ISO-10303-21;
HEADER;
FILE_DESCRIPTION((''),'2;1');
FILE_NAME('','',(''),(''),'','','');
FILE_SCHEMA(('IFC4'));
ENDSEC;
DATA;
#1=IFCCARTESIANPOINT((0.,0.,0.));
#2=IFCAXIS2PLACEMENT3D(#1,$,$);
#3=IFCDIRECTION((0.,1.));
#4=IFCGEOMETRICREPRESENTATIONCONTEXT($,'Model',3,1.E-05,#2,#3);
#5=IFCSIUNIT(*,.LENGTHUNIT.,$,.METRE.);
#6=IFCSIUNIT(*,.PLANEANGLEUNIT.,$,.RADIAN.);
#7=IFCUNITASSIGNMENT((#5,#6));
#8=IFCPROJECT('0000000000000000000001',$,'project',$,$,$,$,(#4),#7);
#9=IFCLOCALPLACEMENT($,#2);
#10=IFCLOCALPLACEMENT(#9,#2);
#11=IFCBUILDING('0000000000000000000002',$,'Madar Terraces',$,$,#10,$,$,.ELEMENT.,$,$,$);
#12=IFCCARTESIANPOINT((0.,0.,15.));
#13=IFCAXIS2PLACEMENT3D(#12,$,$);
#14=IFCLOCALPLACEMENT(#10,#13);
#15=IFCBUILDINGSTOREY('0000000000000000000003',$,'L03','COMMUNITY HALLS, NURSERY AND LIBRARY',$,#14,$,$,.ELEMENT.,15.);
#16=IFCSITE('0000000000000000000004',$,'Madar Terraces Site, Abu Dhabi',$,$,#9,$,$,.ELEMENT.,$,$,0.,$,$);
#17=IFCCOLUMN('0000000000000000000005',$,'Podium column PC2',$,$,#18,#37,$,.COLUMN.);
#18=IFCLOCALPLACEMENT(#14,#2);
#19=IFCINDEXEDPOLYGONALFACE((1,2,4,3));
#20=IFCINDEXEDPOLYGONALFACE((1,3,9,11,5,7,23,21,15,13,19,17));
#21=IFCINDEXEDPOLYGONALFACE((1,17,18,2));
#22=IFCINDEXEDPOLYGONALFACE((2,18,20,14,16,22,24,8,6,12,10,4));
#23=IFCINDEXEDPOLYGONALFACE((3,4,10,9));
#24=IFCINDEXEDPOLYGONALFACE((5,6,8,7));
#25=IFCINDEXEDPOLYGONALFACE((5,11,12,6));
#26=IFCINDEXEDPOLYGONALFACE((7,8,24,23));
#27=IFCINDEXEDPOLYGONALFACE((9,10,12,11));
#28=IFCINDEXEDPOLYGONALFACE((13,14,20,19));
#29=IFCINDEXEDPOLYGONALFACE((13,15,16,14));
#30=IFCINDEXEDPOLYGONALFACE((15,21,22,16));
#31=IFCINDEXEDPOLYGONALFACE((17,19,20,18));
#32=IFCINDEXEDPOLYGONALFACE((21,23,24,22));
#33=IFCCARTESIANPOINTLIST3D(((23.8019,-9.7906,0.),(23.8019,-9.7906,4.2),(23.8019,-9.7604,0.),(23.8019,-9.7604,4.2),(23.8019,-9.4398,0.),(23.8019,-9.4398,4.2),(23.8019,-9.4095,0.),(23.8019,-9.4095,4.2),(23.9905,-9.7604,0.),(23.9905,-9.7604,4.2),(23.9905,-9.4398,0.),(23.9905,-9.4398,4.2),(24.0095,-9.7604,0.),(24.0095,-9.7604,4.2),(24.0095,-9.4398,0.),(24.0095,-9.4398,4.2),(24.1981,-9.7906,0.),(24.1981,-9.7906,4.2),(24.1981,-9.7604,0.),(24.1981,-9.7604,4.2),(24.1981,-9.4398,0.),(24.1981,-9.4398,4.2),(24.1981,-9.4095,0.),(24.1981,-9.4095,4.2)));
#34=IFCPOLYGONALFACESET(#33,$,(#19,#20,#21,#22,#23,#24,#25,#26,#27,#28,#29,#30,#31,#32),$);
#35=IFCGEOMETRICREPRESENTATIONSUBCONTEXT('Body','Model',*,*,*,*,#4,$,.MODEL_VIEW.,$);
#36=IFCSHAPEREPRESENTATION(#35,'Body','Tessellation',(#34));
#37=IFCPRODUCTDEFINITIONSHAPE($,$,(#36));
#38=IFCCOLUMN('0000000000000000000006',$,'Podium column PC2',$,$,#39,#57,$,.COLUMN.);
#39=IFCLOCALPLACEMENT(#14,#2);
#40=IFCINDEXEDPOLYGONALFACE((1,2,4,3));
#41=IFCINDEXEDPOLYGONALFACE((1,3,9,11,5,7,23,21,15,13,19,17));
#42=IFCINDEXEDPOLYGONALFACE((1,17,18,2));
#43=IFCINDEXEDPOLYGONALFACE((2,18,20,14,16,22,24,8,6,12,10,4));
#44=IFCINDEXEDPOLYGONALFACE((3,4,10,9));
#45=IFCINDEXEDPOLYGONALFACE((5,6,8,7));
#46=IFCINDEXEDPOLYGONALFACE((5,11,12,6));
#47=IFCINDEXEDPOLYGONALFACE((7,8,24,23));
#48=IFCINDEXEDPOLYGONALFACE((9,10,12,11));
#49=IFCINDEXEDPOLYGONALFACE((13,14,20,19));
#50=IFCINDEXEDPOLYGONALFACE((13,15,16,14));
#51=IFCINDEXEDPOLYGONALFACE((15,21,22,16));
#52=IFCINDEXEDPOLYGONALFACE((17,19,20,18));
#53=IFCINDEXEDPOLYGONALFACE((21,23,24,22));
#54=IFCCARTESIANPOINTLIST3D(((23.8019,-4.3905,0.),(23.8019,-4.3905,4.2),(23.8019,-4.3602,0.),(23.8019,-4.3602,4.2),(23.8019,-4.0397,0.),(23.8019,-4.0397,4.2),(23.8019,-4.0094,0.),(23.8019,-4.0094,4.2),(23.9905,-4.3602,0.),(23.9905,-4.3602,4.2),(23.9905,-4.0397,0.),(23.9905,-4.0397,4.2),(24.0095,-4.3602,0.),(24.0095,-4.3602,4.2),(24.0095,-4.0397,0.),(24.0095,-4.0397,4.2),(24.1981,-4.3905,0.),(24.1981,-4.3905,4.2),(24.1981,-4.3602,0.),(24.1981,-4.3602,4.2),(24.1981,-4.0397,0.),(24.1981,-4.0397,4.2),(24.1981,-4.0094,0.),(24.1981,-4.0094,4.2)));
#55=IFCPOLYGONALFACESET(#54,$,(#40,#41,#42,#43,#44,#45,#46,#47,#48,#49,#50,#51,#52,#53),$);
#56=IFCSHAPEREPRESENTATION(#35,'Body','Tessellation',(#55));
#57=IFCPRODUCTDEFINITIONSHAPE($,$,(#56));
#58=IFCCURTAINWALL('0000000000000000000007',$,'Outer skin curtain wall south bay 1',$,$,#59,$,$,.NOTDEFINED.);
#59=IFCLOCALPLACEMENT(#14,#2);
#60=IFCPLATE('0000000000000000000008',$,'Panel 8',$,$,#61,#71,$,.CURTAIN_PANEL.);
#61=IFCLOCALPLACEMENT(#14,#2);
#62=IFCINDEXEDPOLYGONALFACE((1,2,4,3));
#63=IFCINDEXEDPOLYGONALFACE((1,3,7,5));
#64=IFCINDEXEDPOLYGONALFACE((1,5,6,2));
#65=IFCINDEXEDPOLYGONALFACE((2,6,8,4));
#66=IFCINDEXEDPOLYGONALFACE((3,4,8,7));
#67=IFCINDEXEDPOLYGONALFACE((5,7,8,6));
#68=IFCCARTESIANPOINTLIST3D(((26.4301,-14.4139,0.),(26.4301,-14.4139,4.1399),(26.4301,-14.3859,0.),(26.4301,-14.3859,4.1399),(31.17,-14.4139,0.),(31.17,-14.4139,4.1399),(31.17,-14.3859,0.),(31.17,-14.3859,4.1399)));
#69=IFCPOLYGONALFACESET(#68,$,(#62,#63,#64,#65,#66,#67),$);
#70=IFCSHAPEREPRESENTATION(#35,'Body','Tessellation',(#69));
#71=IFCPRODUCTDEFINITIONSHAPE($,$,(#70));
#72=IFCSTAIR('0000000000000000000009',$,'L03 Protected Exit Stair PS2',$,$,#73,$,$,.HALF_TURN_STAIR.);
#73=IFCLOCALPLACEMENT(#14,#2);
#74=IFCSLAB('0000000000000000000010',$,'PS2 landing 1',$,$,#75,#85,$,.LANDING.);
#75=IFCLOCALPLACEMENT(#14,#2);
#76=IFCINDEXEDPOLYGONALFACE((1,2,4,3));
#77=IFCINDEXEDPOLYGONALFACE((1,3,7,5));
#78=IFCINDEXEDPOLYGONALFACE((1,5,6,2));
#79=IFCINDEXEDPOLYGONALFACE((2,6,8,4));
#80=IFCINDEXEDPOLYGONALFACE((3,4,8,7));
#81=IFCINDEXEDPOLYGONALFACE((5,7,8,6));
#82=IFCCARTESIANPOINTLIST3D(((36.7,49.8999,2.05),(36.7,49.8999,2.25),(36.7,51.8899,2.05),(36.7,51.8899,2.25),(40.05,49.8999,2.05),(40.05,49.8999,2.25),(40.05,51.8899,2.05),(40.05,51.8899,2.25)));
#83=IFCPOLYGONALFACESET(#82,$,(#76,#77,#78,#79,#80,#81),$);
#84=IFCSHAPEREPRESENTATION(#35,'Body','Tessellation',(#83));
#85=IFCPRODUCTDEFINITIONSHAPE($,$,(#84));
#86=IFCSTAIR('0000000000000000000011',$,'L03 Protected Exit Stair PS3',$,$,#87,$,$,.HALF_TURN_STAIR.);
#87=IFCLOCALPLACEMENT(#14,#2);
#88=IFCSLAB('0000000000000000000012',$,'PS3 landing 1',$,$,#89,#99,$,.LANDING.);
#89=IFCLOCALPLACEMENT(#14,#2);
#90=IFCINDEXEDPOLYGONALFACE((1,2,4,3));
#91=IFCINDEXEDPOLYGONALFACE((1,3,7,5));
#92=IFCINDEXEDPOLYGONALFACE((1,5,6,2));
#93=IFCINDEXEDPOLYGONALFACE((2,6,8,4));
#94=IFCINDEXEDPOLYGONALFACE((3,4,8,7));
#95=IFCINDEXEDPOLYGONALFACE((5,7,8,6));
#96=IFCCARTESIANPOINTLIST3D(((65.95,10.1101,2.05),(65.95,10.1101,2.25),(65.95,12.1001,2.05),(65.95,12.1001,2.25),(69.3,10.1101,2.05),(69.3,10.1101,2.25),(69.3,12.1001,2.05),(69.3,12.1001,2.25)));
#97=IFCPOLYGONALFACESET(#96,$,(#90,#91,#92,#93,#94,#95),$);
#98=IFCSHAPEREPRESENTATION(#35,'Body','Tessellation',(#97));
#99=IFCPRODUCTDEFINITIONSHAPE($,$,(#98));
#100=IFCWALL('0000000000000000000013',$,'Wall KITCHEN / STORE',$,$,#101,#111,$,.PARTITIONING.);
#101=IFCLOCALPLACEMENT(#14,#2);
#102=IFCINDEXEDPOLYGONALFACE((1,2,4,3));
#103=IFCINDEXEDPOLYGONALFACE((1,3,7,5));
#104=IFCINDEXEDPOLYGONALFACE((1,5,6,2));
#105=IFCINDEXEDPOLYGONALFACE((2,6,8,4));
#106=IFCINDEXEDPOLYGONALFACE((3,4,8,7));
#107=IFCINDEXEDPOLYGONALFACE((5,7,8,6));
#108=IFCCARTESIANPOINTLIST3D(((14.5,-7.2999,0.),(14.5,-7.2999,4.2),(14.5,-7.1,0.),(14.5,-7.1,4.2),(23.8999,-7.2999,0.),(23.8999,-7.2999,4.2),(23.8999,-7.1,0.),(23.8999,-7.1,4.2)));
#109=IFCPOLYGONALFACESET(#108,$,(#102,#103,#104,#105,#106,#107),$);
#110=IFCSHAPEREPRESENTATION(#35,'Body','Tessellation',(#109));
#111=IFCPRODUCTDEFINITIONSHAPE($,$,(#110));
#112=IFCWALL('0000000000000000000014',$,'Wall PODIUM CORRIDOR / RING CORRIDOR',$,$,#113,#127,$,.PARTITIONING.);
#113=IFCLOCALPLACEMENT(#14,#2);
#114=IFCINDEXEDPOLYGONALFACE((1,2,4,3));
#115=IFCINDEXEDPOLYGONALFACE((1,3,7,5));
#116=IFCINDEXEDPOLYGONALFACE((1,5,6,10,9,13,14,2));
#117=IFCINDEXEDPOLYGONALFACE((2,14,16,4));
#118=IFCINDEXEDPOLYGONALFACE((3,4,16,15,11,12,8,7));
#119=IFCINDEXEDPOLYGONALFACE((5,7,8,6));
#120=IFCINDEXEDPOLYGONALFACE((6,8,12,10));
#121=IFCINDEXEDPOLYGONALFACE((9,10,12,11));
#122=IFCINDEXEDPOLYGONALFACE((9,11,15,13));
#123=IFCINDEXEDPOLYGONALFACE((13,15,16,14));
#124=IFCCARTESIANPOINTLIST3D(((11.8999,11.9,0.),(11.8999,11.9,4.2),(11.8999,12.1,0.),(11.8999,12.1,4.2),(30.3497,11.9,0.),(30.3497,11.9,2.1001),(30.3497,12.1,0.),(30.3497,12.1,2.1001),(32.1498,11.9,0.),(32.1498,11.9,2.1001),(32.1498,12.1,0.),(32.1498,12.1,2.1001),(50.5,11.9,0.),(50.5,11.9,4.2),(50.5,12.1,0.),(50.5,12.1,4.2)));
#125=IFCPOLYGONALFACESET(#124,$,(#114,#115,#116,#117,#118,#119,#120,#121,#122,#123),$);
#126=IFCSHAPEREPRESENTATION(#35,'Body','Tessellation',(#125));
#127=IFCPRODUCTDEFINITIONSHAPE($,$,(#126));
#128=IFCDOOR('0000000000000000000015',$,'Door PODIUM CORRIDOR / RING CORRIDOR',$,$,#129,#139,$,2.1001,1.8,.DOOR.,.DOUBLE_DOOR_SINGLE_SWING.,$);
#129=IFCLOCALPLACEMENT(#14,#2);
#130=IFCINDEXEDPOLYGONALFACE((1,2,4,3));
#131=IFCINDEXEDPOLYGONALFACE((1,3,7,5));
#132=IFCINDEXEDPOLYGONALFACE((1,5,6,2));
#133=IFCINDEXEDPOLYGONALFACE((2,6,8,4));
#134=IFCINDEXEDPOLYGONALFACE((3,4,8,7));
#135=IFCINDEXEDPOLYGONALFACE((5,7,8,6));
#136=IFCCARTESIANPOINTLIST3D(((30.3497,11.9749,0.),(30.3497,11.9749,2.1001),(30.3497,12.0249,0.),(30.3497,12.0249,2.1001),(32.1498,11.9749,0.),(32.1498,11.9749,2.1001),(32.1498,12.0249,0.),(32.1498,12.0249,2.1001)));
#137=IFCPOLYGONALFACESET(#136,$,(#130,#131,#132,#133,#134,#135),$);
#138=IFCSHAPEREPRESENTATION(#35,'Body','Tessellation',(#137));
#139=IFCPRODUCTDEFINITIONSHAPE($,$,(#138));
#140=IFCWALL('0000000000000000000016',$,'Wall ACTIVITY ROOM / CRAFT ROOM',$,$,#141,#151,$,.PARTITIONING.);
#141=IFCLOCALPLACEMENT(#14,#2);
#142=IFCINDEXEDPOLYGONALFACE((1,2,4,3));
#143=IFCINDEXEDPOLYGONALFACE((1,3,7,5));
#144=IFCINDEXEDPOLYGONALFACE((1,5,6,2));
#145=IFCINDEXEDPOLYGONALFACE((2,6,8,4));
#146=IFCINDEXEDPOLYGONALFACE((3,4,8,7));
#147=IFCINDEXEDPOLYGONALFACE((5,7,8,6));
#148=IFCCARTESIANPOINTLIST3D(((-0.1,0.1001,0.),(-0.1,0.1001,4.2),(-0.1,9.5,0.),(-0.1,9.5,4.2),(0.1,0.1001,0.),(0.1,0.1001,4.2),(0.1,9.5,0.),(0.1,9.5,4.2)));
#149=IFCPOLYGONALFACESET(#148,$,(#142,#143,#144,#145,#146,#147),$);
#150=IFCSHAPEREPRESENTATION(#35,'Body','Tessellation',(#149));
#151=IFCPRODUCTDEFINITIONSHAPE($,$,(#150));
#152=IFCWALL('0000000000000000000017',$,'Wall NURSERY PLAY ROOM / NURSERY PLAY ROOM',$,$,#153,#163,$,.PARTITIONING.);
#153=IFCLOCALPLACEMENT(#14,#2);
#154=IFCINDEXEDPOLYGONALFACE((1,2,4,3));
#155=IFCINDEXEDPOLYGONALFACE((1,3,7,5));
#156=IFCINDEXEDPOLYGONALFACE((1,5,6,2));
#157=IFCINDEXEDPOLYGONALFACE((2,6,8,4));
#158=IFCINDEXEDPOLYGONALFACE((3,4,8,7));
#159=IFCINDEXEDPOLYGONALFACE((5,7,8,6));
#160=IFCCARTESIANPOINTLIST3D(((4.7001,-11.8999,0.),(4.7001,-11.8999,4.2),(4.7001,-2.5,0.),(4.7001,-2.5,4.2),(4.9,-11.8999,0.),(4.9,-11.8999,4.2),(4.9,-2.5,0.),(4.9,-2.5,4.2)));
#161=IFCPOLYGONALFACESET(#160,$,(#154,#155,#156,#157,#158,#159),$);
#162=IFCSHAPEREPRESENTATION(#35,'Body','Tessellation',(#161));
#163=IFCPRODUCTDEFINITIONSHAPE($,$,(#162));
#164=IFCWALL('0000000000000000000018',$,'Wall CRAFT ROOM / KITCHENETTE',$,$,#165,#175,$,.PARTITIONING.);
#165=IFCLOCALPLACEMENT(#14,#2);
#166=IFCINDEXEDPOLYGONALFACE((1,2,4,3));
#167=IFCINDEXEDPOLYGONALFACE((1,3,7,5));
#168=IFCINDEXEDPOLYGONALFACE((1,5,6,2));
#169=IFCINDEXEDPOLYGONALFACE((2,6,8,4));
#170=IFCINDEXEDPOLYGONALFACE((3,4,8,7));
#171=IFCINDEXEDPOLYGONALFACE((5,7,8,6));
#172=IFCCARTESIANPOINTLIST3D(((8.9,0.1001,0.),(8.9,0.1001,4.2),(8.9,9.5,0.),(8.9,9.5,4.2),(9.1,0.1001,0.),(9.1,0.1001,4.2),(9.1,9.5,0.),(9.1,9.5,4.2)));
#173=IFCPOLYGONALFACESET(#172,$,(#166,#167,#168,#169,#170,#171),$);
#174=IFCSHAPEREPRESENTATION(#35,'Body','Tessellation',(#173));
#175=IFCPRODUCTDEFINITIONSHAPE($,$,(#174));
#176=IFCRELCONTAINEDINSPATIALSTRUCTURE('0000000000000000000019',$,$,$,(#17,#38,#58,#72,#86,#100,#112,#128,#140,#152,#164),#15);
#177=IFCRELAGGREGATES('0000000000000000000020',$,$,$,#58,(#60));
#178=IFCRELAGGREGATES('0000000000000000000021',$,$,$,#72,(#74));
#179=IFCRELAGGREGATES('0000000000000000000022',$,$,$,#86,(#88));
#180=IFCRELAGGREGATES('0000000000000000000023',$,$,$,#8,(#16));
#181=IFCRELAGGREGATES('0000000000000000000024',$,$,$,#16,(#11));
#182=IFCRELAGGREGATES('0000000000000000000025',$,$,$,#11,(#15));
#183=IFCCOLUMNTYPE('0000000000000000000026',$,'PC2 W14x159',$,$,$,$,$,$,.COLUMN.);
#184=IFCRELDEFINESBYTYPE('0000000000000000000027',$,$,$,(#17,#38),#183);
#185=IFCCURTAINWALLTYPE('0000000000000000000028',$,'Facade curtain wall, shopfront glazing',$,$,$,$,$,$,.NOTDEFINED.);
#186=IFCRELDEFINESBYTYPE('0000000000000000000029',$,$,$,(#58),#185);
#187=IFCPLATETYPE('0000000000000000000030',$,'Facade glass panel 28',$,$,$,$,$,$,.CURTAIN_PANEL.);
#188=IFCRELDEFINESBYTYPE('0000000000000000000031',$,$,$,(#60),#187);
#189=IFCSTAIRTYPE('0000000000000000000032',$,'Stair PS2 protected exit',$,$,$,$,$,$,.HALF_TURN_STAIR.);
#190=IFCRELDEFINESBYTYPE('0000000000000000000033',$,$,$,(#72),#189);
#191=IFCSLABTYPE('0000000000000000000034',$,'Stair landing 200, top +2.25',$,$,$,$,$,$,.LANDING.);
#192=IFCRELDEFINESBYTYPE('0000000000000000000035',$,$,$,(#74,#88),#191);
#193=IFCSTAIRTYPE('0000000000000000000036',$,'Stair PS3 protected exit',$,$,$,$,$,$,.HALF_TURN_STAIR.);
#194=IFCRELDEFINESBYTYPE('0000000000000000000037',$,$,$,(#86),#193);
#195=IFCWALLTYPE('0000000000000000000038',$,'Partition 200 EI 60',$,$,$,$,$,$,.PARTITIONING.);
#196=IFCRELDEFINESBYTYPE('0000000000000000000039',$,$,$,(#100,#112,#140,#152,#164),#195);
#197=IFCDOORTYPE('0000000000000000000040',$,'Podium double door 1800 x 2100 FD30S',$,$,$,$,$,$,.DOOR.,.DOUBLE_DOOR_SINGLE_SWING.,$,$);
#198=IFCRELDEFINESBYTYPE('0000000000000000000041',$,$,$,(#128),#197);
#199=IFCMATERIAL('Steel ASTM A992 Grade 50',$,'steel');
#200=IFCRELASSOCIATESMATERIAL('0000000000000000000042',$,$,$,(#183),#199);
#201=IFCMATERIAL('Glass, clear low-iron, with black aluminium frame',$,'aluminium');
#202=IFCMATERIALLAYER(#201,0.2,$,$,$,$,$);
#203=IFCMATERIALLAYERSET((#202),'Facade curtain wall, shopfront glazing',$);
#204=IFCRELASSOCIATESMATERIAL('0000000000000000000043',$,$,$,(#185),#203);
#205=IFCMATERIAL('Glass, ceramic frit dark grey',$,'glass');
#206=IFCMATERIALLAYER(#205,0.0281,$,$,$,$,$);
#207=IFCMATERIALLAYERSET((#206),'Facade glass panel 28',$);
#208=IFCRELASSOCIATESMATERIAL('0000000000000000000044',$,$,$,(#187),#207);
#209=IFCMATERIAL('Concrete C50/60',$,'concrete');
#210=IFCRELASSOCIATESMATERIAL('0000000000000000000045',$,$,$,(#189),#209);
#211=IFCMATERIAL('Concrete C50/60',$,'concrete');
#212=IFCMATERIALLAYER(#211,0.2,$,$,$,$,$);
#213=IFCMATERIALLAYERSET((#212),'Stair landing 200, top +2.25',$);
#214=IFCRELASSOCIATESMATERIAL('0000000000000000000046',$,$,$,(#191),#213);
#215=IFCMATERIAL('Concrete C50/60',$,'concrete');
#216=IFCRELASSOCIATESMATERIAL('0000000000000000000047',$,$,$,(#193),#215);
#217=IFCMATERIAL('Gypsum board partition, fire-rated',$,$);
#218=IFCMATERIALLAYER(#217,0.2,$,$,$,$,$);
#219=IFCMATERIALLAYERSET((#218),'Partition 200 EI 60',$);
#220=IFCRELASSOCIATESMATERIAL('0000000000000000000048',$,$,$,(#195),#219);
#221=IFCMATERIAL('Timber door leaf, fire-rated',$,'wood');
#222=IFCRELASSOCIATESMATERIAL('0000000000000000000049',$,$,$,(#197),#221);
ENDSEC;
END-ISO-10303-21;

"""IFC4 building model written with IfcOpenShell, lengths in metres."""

from ifc_helpers import new_model, si_unit, direction, frame, frame_2d, origin, origin_2d, place, context, subcontext, project, spatial, polyline, rectangle, i_section, outline, extrude, material, layer, layer_set, material_profile, profile_set, type_object, element, fill, aggregate, save


model = new_model("IFC4")

# Units and contexts
model_context = context("Model", 3, precision=1e-05, world=origin(), true_north=direction((0.0, 1.0)))
body_context = subcontext(model_context, "Body", "Model", "MODEL_VIEW")
ifc_project = project(units=[si_unit("LENGTHUNIT", "METRE"), si_unit("PLANEANGLEUNIT", "RADIAN")], contexts=[model_context])

# Site, building, storey
site_placement = place(None, origin())
site = spatial("IfcSite", under=ifc_project, at=site_placement, Name="Madar Terraces Site, Abu Dhabi", CompositionType="ELEMENT", RefElevation=0.0)
building_placement = place(site_placement, origin())
building = spatial("IfcBuilding", under=site, at=building_placement, Name="Madar Terraces", CompositionType="ELEMENT")
storey_placement = place(building_placement, frame((0.0, 0.0, 15.0)))
storey = spatial("IfcBuildingStorey", under=building, at=storey_placement, Name="L03", Description="COMMUNITY HALLS, NURSERY AND LIBRARY", CompositionType="ELEMENT", Elevation=15.0)

# Columns
ifc_material_1 = material(Name="Steel ASTM A992 Grade 50", Category="steel")
ifc_material_profile_1 = material_profile(ifc_material_1, i_section(OverallWidth=0.3962, OverallDepth=0.3811, WebThickness=0.019, FlangeThickness=0.0303, at=origin_2d()), Name="W14x159")
ifc_profile_set_1 = profile_set([ifc_material_profile_1], Name="Steel ASTM A992 Grade 50")
column_type_1 = type_object("IfcColumnType", Name="PC2 W14x159", PredefinedType="COLUMN", material=ifc_profile_set_1)
for number, where, z_axis, x_axis, name in (
    (1, (24.0, -9.6001, 0.0), (0.0, 0.0, 1.0), (1.0, 0.0, 0.0), "Podium column PC2"),
    (2, (24.0, -4.2, 0.0), (0.0, 0.0, 1.0), (1.0, 0.0, 0.0), "Podium column PC2"),
):
    element("IfcColumn", number, at=place(storey_placement, frame(where, z_axis=z_axis, x_axis=x_axis)), inside=storey, type_object=column_type_1, Name=name, PredefinedType="COLUMN", context=body_context, shape_type="SweptSolid", body=[
        extrude(i_section(OverallWidth=0.3962, OverallDepth=0.3811, WebThickness=0.019, FlangeThickness=0.0303, at=origin_2d()), origin(), (0.0, 0.0, 1.0), 4.2),
    ])

# Curtain wall, plate
ifc_material_2 = material(Name="Glass, clear low-iron, with black aluminium frame", Category="aluminium")
ifc_layer_1 = layer(ifc_material_2, 0.2)
ifc_layer_set_1 = layer_set([ifc_layer_1], Name="Facade curtain wall, shopfront glazing")
curtain_wall_type = type_object("IfcCurtainWallType", Name="Facade curtain wall, shopfront glazing", PredefinedType="NOTDEFINED", material=ifc_layer_set_1)
curtain_wall_placement = place(storey_placement, origin())
curtain_wall = element("IfcCurtainWall", 3, at=curtain_wall_placement, inside=storey, type_object=curtain_wall_type, Name="Outer skin curtain wall south bay 1", PredefinedType="NOTDEFINED")
ifc_material_3 = material(Name="Glass, ceramic frit dark grey", Category="glass")
ifc_layer_2 = layer(ifc_material_3, 0.0281)
ifc_layer_set_2 = layer_set([ifc_layer_2], Name="Facade glass panel 28")
plate_type = type_object("IfcPlateType", Name="Facade glass panel 28", PredefinedType="CURTAIN_PANEL", material=ifc_layer_set_2)
plate_placement = place(storey_placement, frame((28.8, -14.3999, 0.0), z_axis=(0.0, 0.0, 1.0), x_axis=(1.0, 0.0, 0.0)))
plate = element("IfcPlate", 4, at=plate_placement, type_object=plate_type, Name="Panel 8", PredefinedType="CURTAIN_PANEL", context=body_context, shape_type="SweptSolid", body=[
    extrude(rectangle(XDim=4.74, YDim=0.0281, at=origin_2d()), origin(), (0.0, 0.0, 1.0), 4.1399),
])
aggregate(curtain_wall, [plate])

# Stairs, slabs
ifc_material_4 = material(Name="Concrete C50/60", Category="concrete")
stair_type_1 = type_object("IfcStairType", Name="Stair PS2 protected exit", PredefinedType="HALF_TURN_STAIR", material=ifc_material_4)
stair_1_placement = place(storey_placement, origin())
stair_1 = element("IfcStair", 5, at=stair_1_placement, inside=storey, type_object=stair_type_1, Name="L03 Protected Exit Stair PS2", PredefinedType="HALF_TURN_STAIR")
ifc_material_5 = material(Name="Concrete C50/60", Category="concrete")
ifc_layer_3 = layer(ifc_material_5, 0.2)
ifc_layer_set_3 = layer_set([ifc_layer_3], Name="Stair landing 200, top +2.25")
slab_type = type_object("IfcSlabType", Name="Stair landing 200, top +2.25", PredefinedType="LANDING", material=ifc_layer_set_3)
slab_1_placement = place(storey_placement, frame((0.0, 0.0, 2.05)))
slab_1 = element("IfcSlab", 6, at=slab_1_placement, type_object=slab_type, Name="PS2 landing 1", PredefinedType="LANDING", context=body_context, shape_type="SweptSolid", body=[
    extrude(outline(polyline([(36.7, 49.8999), (40.05, 49.8999), (40.05, 51.8899), (36.7, 51.8899), (36.7, 49.8999)])), origin(), (0.0, 0.0, 1.0), 0.2),
])
aggregate(stair_1, [slab_1])
ifc_material_6 = material(Name="Concrete C50/60", Category="concrete")
stair_type_2 = type_object("IfcStairType", Name="Stair PS3 protected exit", PredefinedType="HALF_TURN_STAIR", material=ifc_material_6)
stair_2_placement = place(storey_placement, origin())
stair_2 = element("IfcStair", 7, at=stair_2_placement, inside=storey, type_object=stair_type_2, Name="L03 Protected Exit Stair PS3", PredefinedType="HALF_TURN_STAIR")
slab_2_placement = place(storey_placement, frame((0.0, 0.0, 2.05)))
slab_2 = element("IfcSlab", 8, at=slab_2_placement, type_object=slab_type, Name="PS3 landing 1", PredefinedType="LANDING", context=body_context, shape_type="SweptSolid", body=[
    extrude(outline(polyline([(65.95, 10.1101), (69.3, 10.1101), (69.3, 12.1001), (65.95, 12.1001), (65.95, 10.1101)])), origin(), (0.0, 0.0, 1.0), 0.2),
])
aggregate(stair_2, [slab_2])

# Wall
ifc_material_7 = material(Name="Gypsum board partition, fire-rated")
ifc_layer_4 = layer(ifc_material_7, 0.2)
ifc_layer_set_4 = layer_set([ifc_layer_4], Name="Partition 200 EI 60")
wall_type = type_object("IfcWallType", Name="Partition 200 EI 60", PredefinedType="PARTITIONING", material=ifc_layer_set_4)
wall_1_placement = place(storey_placement, frame((14.5, -7.2, 0.0), z_axis=(0.0, 0.0, 1.0), x_axis=(1.0, 0.0, 0.0)))
element("IfcWall", 9, at=wall_1_placement, inside=storey, type_object=wall_type, Name="Wall KITCHEN / STORE", PredefinedType="PARTITIONING", context=body_context, shape_type="SweptSolid", body=[
    extrude(rectangle(XDim=9.3999, YDim=0.2, at=frame_2d((4.7, 0.0))), origin(), (0.0, 0.0, 1.0), 4.2),
])

# Wall, opening, door
wall_2_placement = place(storey_placement, frame((11.8999, 12.0, 0.0), z_axis=(0.0, 0.0, 1.0), x_axis=(1.0, 0.0, 0.0)))
wall_2 = element("IfcWall", 10, at=wall_2_placement, inside=storey, type_object=wall_type, Name="Wall PODIUM CORRIDOR / RING CORRIDOR", PredefinedType="PARTITIONING", context=body_context, shape_type="SweptSolid", body=[
    extrude(rectangle(XDim=38.6001, YDim=0.2, at=frame_2d((19.3, 0.0))), origin(), (0.0, 0.0, 1.0), 4.2),
])
opening_1_placement = place(wall_2_placement, frame((18.45, 0.0, 0.0)))
opening_1 = element("IfcOpeningElement", 11, at=opening_1_placement, cuts=wall_2, PredefinedType="OPENING", context=body_context, shape_type="SweptSolid", body=[
    extrude(rectangle(XDim=1.8, YDim=2.1001, at=frame_2d((0.8999, 1.05))), frame((0.0, 0.1099, 0.0), z_axis=(0.0, -1.0, 0.0), x_axis=(1.0, 0.0, 0.0)), (0.0, 0.0, 1.0), 0.22),
])
ifc_material_8 = material(Name="Timber door leaf, fire-rated", Category="wood")
door_type_1 = type_object("IfcDoorType", Name="Podium double door 1800 x 2100 FD30S", OperationType="DOUBLE_DOOR_SINGLE_SWING", PredefinedType="DOOR", material=ifc_material_8)
door_1_placement = place(opening_1_placement, origin())
door_1 = element("IfcDoor", 12, at=door_1_placement, inside=storey, type_object=door_type_1, Name="Door PODIUM CORRIDOR / RING CORRIDOR", OperationType="DOUBLE_DOOR_SINGLE_SWING", OverallHeight=2.1001, OverallWidth=1.8, PredefinedType="DOOR", context=body_context, shape_type="SweptSolid", body=[
    extrude(rectangle(XDim=1.8, YDim=2.1001, at=frame_2d((0.8999, 1.05))), frame((0.0, 0.0249, 0.0), z_axis=(0.0, -1.0, 0.0), x_axis=(1.0, 0.0, 0.0)), (0.0, 0.0, 1.0), 0.05),
])
fill(opening_1, door_1)

# Walls
for number, where, z_axis, x_axis, name in (
    (13, (0.0, 0.1001, 0.0), (0.0, 0.0, 1.0), (0.0, 1.0, 0.0), "Wall ACTIVITY ROOM / CRAFT ROOM"),
    (14, (4.8, -11.8999, 0.0), (0.0, 0.0, 1.0), (0.0, 1.0, 0.0), "Wall NURSERY PLAY ROOM / NURSERY PLAY ROOM"),
    (15, (9.0, 0.1001, 0.0), (0.0, 0.0, 1.0), (0.0, 1.0, 0.0), "Wall CRAFT ROOM / KITCHENETTE"),
):
    element("IfcWall", number, at=place(storey_placement, frame(where, z_axis=z_axis, x_axis=x_axis)), inside=storey, type_object=wall_type, Name=name, PredefinedType="PARTITIONING", context=body_context, shape_type="SweptSolid", body=[
        extrude(rectangle(XDim=9.3999, YDim=0.2, at=frame_2d((4.7, 0.0))), origin(), (0.0, 0.0, 1.0), 4.2),
    ])

save(model, "model.ifc")
